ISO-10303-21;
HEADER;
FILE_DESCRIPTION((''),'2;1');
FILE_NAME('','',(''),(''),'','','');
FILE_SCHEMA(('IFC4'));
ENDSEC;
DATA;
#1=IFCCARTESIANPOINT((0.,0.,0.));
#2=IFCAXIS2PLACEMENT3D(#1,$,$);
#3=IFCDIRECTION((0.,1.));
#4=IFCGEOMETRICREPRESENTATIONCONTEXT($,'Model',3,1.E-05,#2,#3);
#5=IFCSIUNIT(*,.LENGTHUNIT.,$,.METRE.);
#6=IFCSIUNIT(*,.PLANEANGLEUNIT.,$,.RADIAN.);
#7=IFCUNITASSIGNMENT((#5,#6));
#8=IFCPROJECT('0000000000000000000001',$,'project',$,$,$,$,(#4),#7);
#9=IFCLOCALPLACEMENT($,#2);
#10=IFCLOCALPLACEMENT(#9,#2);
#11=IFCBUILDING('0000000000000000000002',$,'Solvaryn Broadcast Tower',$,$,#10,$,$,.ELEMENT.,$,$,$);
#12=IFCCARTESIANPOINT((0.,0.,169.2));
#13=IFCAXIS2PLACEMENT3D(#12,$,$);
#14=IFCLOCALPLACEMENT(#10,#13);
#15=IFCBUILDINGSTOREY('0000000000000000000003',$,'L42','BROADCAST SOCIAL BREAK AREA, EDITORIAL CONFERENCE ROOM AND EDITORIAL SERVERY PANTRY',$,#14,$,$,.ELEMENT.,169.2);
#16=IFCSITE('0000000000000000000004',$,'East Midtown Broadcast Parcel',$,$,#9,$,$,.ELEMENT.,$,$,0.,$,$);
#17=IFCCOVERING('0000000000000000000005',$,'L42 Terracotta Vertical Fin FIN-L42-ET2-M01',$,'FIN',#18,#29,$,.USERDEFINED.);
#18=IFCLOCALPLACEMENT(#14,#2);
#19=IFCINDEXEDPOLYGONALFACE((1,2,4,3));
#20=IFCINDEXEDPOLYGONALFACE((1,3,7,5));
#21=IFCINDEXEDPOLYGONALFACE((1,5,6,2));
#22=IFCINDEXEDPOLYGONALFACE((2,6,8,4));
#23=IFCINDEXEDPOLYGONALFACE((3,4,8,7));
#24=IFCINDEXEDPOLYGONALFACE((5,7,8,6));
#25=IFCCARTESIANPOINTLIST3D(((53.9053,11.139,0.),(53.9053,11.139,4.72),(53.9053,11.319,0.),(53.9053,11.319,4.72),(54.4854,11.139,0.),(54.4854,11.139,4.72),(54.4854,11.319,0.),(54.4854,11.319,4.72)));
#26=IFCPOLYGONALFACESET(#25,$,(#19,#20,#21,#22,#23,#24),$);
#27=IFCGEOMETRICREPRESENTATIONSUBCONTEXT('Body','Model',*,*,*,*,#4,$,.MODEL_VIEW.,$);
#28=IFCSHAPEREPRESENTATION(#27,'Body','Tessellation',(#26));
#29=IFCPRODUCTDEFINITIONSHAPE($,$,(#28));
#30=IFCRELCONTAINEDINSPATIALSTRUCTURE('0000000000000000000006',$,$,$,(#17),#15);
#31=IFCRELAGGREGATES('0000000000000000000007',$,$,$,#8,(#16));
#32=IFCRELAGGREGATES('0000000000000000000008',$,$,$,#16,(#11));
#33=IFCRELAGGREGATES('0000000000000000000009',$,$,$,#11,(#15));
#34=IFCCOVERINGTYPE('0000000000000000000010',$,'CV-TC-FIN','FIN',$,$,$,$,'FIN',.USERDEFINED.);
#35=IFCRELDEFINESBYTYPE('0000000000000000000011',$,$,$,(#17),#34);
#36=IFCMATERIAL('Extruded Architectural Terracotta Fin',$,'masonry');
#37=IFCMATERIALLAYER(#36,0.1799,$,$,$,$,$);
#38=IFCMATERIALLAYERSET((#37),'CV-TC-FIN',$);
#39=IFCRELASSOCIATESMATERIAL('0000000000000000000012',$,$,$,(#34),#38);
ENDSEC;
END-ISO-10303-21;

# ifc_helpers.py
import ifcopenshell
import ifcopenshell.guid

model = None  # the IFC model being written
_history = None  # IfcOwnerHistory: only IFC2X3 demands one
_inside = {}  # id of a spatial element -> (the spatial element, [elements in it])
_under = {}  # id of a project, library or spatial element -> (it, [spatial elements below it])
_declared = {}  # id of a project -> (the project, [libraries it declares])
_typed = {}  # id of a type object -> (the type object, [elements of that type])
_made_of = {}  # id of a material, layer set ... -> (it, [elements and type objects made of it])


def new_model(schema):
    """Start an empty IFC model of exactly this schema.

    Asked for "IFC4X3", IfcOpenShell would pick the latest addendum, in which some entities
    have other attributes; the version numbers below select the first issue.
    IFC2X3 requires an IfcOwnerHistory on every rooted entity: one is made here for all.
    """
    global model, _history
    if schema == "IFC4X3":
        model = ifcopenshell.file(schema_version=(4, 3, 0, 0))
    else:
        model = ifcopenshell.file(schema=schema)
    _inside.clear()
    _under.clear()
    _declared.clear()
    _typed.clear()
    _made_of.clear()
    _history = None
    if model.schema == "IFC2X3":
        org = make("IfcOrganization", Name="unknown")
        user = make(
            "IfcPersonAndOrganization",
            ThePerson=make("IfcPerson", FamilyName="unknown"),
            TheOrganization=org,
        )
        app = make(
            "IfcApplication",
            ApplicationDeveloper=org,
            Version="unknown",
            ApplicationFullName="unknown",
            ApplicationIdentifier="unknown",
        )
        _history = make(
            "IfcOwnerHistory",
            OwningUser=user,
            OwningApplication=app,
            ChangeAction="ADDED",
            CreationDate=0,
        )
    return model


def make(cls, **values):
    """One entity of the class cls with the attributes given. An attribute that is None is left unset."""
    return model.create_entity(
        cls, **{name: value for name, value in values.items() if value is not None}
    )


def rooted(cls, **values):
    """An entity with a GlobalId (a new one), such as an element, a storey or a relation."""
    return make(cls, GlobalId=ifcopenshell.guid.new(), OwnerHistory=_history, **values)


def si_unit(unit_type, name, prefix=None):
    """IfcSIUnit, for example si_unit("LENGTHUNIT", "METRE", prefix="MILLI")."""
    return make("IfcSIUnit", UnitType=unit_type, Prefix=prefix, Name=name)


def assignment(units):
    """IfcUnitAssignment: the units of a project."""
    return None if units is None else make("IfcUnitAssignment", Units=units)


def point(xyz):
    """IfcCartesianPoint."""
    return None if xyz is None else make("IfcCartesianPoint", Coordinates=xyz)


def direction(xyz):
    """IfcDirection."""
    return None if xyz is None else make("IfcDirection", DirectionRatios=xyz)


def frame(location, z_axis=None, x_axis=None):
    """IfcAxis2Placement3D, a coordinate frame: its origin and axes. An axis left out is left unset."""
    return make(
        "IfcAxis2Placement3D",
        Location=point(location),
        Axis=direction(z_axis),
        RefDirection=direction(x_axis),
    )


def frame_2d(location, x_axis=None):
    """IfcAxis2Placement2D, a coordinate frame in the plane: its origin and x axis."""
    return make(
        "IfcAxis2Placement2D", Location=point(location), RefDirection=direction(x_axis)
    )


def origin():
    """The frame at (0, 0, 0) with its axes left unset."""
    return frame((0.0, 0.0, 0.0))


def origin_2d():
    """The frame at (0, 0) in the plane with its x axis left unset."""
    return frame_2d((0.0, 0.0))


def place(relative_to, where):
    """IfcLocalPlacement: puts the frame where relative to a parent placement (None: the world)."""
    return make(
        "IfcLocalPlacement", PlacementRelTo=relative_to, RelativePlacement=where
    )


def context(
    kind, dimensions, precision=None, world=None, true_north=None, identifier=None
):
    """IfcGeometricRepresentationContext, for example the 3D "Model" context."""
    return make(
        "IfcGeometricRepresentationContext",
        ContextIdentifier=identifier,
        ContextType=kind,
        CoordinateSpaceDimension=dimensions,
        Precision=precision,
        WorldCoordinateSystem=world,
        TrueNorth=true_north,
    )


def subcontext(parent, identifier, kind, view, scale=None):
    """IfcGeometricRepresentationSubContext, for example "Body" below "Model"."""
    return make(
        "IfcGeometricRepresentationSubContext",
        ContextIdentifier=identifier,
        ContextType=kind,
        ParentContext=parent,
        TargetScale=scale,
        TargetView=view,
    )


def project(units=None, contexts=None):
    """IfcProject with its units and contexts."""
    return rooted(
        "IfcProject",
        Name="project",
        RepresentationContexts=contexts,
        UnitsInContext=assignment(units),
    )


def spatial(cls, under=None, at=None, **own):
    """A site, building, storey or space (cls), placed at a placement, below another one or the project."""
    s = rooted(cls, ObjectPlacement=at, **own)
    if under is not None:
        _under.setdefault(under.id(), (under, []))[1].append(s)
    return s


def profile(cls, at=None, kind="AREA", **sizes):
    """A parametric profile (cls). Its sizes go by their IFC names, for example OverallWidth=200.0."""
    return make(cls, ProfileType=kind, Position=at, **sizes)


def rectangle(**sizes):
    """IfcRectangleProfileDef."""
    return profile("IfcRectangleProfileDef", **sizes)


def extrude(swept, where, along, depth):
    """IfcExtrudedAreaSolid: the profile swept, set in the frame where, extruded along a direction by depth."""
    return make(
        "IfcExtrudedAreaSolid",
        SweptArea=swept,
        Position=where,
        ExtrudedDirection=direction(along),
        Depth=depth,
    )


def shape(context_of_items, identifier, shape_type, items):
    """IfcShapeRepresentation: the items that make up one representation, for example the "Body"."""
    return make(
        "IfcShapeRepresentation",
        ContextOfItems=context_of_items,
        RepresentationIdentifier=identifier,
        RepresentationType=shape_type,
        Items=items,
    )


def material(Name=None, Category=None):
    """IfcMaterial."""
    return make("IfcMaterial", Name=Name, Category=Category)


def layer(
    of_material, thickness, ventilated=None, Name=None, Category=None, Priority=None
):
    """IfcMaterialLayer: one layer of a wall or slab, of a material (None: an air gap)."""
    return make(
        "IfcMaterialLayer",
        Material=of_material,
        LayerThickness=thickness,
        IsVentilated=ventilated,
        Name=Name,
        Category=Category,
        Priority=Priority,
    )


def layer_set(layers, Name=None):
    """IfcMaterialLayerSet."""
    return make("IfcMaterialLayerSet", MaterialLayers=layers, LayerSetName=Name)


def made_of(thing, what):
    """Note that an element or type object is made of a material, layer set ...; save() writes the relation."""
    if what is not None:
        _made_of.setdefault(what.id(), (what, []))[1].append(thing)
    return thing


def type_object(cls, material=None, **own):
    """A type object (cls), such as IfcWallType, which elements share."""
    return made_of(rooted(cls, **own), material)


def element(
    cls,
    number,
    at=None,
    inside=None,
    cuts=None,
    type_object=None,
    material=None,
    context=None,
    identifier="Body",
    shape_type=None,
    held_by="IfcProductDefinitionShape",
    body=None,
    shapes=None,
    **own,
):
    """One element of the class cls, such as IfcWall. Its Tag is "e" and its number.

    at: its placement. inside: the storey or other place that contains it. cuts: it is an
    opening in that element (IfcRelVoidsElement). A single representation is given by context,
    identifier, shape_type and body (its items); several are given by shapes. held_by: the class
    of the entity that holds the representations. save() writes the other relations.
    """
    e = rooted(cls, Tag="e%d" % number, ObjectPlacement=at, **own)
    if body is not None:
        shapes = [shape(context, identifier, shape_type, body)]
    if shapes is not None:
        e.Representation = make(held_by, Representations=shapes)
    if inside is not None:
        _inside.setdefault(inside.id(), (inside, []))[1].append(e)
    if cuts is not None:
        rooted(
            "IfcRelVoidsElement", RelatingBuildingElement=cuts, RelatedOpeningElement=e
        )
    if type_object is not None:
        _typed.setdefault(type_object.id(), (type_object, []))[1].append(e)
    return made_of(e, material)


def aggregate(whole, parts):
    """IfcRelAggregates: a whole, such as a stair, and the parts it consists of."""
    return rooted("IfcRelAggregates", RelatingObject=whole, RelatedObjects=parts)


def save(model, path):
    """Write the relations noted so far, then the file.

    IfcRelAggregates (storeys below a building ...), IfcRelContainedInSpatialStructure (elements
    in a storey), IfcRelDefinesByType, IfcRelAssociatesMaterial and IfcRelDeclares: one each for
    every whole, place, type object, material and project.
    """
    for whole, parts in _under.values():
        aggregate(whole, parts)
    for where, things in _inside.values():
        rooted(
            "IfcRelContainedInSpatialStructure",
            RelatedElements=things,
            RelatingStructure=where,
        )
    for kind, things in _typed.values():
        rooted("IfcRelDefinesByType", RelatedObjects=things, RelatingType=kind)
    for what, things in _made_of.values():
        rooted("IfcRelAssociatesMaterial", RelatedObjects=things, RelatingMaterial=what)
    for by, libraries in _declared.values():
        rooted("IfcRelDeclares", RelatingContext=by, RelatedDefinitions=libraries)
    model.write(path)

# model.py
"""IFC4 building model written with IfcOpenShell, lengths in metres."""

from ifc_helpers import new_model, si_unit, direction, frame, origin, origin_2d, place, context, subcontext, project, spatial, rectangle, extrude, material, layer, layer_set, type_object, element, save


model = new_model("IFC4")

# Units and contexts
model_context = context("Model", 3, precision=1e-05, world=origin(), true_north=direction((0.0, 1.0)))
body_context = subcontext(model_context, "Body", "Model", "MODEL_VIEW")
ifc_project = project(units=[si_unit("LENGTHUNIT", "METRE"), si_unit("PLANEANGLEUNIT", "RADIAN")], contexts=[model_context])

# Site, building, storey
site_placement = place(None, origin())
site = spatial("IfcSite", under=ifc_project, at=site_placement, Name="East Midtown Broadcast Parcel", CompositionType="ELEMENT", RefElevation=0.0)
building_placement = place(site_placement, origin())
building = spatial("IfcBuilding", under=site, at=building_placement, Name="Solvaryn Broadcast Tower", CompositionType="ELEMENT")
storey_placement = place(building_placement, frame((0.0, 0.0, 169.2)))
storey = spatial("IfcBuildingStorey", under=building, at=storey_placement, Name="L42", Description="BROADCAST SOCIAL BREAK AREA, EDITORIAL CONFERENCE ROOM AND EDITORIAL SERVERY PANTRY", CompositionType="ELEMENT", Elevation=169.2)

# Covering
ifc_material_1 = material(Name="Extruded Architectural Terracotta Fin", Category="masonry")
ifc_layer_1 = layer(ifc_material_1, 0.1799)
ifc_layer_set_1 = layer_set([ifc_layer_1], Name="CV-TC-FIN")
covering_type = type_object("IfcCoveringType", Name="CV-TC-FIN", Description="FIN", ElementType="FIN", PredefinedType="USERDEFINED", material=ifc_layer_set_1)
for number, where, z_axis, x_axis, name in (
    (1, (54.1953, 11.229, 0.0), (0.0, 0.0, 1.0), (1.0, 0.0, 0.0), "L42 Terracotta Vertical Fin FIN-L42-ET2-M01"),
):
    element("IfcCovering", number, at=place(storey_placement, frame(where, z_axis=z_axis, x_axis=x_axis)), inside=storey, type_object=covering_type, Name=name, ObjectType="FIN", PredefinedType="USERDEFINED", context=body_context, shape_type="SweptSolid", body=[
        extrude(rectangle(XDim=0.5801, YDim=0.1799, at=origin_2d()), origin(), (0.0, 0.0, 1.0), 4.72),
    ])

save(model, "model.ifc")
